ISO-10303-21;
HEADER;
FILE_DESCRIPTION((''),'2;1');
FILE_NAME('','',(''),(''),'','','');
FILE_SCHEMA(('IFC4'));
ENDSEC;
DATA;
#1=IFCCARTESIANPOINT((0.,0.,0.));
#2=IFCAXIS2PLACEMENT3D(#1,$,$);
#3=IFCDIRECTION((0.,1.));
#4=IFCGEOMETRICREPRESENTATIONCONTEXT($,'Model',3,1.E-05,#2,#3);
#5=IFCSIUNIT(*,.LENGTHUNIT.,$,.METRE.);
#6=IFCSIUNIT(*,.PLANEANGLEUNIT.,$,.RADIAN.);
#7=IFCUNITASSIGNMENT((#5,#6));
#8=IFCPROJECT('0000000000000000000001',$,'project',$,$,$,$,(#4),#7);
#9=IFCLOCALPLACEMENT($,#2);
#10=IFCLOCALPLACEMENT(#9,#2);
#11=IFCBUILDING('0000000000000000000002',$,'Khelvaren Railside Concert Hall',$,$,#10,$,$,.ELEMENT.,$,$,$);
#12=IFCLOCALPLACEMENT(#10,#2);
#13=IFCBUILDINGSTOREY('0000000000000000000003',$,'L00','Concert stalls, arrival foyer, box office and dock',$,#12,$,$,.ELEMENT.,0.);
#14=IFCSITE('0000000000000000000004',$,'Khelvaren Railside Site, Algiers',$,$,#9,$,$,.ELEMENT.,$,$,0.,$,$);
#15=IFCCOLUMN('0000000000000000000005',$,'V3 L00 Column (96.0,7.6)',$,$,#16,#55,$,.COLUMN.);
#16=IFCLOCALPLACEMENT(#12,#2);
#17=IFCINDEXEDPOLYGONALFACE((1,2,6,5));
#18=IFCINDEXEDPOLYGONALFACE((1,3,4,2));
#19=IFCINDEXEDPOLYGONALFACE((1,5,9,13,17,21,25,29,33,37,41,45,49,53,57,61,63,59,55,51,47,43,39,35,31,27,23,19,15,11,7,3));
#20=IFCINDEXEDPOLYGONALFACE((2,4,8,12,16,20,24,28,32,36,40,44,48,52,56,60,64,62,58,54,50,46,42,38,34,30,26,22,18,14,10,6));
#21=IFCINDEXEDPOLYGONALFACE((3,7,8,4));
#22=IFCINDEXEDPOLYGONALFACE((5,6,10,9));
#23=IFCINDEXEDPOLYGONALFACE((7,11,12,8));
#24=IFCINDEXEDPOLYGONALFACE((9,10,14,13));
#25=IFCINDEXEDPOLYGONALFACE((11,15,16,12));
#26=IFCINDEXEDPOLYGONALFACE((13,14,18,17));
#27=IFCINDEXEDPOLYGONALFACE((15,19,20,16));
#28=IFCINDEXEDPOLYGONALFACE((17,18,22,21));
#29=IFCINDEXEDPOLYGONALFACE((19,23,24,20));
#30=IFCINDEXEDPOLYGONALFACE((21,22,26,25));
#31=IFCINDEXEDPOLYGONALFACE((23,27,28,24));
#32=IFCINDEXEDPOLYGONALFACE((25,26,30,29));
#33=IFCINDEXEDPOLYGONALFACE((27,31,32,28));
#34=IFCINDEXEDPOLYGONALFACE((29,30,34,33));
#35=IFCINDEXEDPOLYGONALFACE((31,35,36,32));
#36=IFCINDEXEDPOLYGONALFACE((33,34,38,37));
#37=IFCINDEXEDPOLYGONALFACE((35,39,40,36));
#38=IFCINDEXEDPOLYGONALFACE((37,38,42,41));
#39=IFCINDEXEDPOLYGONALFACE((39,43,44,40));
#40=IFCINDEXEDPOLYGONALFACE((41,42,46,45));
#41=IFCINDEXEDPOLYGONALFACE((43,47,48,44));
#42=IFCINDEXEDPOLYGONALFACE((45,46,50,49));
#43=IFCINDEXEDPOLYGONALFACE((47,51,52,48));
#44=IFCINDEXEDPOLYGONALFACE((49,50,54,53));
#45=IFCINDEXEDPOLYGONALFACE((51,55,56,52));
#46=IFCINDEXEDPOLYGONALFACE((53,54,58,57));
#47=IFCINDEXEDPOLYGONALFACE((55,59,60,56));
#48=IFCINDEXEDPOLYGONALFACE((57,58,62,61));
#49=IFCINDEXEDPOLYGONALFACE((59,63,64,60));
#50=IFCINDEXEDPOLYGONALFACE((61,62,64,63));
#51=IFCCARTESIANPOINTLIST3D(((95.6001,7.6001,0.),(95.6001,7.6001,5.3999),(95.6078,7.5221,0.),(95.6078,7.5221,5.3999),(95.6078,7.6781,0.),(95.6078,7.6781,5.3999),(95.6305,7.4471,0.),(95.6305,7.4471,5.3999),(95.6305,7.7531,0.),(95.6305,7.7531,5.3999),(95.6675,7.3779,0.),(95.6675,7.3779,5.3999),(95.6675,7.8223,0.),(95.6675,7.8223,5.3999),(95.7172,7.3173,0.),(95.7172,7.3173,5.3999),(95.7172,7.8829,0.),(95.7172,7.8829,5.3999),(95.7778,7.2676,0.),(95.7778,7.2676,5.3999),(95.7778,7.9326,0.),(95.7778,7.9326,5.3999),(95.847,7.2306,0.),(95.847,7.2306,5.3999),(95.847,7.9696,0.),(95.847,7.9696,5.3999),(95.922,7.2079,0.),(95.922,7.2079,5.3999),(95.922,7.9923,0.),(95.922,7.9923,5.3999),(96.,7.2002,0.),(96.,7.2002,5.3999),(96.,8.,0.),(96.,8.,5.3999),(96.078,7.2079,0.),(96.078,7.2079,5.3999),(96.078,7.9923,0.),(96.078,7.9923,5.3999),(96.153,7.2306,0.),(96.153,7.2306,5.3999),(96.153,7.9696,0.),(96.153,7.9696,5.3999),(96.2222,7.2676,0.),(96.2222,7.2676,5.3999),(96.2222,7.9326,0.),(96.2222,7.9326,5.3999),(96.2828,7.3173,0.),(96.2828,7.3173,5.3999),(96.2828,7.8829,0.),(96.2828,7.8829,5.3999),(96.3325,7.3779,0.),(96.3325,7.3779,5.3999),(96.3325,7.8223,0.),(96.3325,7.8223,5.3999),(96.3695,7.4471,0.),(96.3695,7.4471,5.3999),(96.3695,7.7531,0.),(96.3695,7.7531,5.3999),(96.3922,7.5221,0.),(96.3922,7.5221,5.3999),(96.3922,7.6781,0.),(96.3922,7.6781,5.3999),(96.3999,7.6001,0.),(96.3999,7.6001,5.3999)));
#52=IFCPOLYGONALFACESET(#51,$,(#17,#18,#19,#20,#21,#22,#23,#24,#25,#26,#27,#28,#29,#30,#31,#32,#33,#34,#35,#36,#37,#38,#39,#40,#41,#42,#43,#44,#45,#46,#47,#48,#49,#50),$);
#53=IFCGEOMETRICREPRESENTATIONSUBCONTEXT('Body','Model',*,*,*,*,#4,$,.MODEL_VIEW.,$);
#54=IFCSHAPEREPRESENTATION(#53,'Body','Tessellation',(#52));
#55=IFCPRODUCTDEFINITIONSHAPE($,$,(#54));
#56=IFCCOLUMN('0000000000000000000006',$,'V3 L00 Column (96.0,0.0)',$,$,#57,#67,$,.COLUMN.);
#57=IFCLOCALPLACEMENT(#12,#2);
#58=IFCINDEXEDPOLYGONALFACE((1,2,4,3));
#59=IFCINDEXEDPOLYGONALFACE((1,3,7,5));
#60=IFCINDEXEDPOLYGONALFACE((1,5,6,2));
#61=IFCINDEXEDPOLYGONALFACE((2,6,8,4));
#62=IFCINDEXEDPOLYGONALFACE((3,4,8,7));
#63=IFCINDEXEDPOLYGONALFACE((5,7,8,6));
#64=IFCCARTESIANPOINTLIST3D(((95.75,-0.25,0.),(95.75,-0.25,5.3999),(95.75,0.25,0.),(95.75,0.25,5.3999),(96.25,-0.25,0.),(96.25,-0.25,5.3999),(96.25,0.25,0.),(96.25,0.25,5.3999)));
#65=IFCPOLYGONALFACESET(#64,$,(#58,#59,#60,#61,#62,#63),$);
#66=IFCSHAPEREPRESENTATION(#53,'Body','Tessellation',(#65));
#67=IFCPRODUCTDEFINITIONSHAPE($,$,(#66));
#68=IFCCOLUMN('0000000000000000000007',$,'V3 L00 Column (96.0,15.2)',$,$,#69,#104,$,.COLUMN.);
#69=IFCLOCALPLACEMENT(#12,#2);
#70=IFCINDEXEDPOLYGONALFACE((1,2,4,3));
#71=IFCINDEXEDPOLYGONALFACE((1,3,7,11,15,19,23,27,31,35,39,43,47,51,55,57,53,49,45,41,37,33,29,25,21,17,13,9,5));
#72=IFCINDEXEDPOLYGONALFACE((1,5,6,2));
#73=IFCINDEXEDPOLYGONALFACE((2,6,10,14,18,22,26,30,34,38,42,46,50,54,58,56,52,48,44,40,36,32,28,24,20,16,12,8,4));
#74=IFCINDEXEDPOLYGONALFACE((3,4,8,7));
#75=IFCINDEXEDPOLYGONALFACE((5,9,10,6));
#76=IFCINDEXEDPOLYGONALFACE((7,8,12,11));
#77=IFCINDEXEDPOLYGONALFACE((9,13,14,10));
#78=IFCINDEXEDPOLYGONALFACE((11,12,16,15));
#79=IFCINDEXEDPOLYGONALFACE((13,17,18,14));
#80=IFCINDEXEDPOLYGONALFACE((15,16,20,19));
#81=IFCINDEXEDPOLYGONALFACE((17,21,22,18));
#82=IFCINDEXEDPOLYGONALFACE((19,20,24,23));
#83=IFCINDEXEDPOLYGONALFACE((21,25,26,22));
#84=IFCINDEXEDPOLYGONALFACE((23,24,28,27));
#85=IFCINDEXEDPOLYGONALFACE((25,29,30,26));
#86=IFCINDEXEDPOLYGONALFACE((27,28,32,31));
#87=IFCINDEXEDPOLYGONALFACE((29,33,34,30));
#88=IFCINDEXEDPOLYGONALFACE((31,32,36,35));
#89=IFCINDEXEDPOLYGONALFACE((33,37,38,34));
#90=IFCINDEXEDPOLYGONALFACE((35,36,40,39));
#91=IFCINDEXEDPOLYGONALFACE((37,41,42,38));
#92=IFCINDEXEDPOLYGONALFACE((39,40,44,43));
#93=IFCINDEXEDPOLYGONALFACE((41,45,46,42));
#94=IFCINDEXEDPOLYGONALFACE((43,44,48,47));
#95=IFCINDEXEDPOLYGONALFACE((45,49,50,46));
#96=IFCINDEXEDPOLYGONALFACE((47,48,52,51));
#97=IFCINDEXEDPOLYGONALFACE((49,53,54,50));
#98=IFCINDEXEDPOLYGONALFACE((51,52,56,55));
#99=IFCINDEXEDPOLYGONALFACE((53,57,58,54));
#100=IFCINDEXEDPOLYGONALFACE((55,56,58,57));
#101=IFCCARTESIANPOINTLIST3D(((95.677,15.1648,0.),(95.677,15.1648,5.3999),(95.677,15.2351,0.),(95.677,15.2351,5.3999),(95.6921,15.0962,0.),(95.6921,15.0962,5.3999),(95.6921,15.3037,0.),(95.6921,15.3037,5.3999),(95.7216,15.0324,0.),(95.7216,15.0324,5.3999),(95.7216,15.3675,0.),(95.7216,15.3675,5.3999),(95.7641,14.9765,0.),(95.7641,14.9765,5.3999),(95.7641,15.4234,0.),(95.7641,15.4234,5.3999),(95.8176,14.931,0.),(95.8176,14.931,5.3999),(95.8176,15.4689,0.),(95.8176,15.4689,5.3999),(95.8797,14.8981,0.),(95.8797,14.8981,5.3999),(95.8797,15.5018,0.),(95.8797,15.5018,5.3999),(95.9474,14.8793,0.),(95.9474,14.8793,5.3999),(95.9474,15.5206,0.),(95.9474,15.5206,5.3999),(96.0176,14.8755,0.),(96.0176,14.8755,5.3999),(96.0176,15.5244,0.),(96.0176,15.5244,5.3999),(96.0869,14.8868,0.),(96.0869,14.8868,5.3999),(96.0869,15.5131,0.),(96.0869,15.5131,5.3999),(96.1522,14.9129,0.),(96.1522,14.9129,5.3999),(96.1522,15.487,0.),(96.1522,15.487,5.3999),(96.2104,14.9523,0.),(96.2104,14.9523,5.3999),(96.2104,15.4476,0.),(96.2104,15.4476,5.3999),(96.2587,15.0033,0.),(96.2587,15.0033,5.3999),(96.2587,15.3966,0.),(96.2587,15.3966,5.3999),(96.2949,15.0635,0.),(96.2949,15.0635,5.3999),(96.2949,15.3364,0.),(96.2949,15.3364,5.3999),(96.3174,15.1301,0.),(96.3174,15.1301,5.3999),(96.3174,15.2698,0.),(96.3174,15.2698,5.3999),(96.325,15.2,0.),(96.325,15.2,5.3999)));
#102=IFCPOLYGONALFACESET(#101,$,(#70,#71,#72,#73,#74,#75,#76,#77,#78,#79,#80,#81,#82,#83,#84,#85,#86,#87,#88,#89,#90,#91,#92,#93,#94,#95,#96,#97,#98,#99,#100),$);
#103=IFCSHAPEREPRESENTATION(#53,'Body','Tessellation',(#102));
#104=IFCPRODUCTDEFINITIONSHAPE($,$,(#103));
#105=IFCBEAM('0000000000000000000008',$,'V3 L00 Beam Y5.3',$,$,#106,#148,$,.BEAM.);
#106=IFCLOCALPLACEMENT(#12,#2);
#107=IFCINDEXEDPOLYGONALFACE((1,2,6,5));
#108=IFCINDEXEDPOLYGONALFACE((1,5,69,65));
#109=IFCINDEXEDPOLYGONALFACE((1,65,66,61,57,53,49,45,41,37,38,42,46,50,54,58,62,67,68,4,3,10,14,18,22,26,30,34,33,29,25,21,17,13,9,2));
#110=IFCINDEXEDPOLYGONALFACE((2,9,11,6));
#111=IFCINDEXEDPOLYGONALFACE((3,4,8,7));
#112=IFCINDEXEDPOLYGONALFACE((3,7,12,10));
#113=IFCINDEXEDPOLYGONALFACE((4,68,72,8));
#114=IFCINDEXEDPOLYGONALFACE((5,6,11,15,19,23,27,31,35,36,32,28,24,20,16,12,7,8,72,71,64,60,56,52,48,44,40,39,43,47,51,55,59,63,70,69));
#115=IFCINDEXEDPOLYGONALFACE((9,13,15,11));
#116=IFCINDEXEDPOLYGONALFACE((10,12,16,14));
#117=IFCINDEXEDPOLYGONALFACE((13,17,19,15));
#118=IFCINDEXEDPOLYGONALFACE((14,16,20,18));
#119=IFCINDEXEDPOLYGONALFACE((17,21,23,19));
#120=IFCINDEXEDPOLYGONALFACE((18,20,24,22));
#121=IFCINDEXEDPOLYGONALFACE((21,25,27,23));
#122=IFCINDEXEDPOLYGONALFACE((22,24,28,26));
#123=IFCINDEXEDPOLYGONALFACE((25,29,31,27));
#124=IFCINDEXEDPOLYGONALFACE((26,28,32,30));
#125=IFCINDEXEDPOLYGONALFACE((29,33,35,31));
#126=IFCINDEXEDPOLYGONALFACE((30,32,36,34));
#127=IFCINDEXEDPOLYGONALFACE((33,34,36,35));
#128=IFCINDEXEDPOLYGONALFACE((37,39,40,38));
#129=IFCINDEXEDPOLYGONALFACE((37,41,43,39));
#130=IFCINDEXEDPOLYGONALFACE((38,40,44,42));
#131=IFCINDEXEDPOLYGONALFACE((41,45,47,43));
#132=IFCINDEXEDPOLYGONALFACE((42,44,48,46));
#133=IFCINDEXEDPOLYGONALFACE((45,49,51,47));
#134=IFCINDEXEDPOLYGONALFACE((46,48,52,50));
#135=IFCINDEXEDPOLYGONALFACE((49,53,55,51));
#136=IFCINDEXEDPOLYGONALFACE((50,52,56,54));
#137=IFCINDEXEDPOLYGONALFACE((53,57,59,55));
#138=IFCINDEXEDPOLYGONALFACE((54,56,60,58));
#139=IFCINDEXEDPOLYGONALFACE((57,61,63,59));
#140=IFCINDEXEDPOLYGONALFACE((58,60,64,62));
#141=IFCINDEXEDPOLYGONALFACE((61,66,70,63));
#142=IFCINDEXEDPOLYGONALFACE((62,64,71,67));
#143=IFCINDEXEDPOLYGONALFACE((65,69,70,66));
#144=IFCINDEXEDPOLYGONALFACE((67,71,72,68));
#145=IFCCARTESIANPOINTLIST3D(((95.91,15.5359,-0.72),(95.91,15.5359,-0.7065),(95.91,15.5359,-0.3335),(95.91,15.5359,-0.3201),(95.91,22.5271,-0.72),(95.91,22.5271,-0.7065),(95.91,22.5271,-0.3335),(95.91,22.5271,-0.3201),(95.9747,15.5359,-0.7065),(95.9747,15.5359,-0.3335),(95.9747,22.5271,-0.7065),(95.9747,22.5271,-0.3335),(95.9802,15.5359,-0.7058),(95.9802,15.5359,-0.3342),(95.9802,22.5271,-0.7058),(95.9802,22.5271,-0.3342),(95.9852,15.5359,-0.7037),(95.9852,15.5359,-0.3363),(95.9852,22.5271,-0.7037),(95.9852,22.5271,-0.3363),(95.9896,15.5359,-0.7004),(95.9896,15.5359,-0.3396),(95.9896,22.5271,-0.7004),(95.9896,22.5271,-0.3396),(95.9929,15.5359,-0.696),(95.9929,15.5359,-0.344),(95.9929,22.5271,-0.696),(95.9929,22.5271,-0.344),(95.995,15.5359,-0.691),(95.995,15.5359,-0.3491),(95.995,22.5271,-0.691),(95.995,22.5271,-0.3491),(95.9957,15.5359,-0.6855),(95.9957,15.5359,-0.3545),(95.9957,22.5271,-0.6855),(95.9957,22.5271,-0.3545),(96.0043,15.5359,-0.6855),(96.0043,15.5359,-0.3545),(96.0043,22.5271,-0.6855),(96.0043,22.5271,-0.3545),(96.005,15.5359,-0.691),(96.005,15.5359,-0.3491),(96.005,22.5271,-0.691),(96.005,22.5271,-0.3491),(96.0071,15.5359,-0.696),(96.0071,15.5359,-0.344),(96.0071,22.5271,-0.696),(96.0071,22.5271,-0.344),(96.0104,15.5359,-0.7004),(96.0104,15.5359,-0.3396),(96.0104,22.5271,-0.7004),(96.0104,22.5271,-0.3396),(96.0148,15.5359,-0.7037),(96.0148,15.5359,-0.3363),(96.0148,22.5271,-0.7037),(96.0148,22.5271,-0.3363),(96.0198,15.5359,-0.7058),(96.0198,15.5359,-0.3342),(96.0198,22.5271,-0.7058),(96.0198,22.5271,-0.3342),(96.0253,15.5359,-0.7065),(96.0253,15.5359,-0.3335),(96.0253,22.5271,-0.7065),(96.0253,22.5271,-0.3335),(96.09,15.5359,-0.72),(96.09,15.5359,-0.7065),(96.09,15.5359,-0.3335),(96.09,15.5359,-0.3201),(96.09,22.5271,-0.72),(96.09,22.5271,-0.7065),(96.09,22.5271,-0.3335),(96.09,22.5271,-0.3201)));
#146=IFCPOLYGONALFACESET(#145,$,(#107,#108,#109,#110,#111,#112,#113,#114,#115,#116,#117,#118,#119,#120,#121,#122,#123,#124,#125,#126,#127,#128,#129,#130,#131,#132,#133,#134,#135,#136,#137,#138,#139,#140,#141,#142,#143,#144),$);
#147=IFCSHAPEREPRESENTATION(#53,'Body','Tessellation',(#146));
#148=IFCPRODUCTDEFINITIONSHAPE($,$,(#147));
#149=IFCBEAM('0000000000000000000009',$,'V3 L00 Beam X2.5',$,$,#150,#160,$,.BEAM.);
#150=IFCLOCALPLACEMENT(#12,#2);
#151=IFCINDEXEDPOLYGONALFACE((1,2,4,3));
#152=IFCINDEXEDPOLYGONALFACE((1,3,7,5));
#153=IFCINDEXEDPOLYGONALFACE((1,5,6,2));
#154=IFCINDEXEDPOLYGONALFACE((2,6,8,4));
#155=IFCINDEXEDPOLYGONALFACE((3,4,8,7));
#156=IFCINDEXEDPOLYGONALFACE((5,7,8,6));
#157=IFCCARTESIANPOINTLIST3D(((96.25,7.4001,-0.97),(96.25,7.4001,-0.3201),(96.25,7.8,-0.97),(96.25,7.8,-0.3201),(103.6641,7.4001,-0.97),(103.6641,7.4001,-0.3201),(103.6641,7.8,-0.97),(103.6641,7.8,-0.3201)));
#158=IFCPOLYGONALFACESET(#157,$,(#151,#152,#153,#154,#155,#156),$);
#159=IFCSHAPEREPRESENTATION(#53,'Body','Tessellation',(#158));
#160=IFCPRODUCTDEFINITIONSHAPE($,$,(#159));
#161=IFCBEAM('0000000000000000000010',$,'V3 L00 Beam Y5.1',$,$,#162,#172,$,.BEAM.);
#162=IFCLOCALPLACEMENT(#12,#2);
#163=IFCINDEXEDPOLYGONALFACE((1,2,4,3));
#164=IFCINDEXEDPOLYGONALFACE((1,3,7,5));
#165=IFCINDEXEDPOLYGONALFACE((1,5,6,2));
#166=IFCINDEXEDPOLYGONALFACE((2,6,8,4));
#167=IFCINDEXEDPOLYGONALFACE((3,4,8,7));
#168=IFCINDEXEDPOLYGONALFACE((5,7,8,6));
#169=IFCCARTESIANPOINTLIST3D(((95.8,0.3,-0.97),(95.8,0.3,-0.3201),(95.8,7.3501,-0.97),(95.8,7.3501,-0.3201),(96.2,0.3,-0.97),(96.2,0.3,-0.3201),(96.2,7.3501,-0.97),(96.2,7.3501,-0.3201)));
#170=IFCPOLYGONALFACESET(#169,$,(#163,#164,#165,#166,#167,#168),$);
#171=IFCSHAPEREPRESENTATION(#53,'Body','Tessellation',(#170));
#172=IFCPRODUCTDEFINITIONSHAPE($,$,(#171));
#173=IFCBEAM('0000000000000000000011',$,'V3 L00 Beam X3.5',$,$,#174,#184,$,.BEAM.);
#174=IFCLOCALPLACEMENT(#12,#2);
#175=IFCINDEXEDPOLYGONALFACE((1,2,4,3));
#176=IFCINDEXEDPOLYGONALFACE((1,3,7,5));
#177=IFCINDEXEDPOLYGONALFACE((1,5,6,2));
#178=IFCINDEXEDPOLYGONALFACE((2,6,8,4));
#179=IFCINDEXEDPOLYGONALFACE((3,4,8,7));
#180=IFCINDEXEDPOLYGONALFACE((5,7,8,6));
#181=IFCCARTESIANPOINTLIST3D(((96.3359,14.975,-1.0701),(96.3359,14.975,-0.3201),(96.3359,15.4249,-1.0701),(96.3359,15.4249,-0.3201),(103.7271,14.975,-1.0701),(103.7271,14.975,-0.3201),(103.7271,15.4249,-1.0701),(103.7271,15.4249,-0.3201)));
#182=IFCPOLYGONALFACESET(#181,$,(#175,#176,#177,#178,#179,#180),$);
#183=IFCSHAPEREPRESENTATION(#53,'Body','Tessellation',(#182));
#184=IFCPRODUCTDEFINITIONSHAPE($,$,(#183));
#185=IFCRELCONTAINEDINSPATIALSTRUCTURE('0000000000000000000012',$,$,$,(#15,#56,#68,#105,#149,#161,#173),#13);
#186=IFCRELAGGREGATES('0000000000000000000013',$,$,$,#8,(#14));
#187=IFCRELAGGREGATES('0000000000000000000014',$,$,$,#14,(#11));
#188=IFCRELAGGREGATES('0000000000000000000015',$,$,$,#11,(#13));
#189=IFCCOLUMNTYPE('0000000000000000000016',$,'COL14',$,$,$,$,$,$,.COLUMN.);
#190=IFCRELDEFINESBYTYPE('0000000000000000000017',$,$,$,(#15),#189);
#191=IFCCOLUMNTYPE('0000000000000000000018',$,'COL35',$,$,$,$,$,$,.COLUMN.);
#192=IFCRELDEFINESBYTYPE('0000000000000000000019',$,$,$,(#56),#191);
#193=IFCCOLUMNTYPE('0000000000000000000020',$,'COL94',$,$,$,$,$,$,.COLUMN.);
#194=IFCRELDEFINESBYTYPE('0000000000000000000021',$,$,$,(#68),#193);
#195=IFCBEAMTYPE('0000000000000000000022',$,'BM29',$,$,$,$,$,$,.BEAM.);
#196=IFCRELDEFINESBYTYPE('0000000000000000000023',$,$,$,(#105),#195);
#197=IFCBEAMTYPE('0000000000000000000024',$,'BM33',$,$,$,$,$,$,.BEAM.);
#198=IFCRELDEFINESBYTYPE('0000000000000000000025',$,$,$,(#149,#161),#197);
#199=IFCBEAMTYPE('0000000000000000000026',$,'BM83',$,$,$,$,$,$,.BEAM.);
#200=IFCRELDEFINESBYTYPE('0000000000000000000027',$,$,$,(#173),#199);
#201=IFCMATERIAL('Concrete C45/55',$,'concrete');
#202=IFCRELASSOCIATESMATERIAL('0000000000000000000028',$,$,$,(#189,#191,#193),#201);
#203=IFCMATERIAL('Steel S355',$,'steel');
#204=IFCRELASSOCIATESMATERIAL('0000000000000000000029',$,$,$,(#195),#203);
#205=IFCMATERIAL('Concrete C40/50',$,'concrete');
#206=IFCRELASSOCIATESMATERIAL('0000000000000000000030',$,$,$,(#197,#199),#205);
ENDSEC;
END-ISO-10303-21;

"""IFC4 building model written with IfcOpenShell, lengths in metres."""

from ifc_helpers import new_model, si_unit, direction, frame, origin, origin_2d, place, context, subcontext, project, spatial, rectangle, circle, i_section, extrude, material, material_profile, profile_set, type_object, element, save


model = new_model("IFC4")

# Units and contexts
model_context = context("Model", 3, precision=1e-05, world=origin(), true_north=direction((0.0, 1.0)))
body_context = subcontext(model_context, "Body", "Model", "MODEL_VIEW")
ifc_project = project(units=[si_unit("LENGTHUNIT", "METRE"), si_unit("PLANEANGLEUNIT", "RADIAN")], contexts=[model_context])

# Site, building, storey
site_placement = place(None, origin())
site = spatial("IfcSite", under=ifc_project, at=site_placement, Name="Khelvaren Railside Site, Algiers", CompositionType="ELEMENT", RefElevation=0.0)
building_placement = place(site_placement, origin())
building = spatial("IfcBuilding", under=site, at=building_placement, Name="Khelvaren Railside Concert Hall", CompositionType="ELEMENT")
storey_placement = place(building_placement, origin())
storey = spatial("IfcBuildingStorey", under=building, at=storey_placement, Name="L00", Description="Concert stalls, arrival foyer, box office and dock", CompositionType="ELEMENT", Elevation=0.0)

# Columns
ifc_material_1 = material(Name="Concrete C45/55", Category="concrete")
ifc_material_profile_1 = material_profile(ifc_material_1, circle(Radius=0.3999, at=origin_2d()), Name="RC D800")
ifc_profile_set_1 = profile_set([ifc_material_profile_1], Name="Concrete C45/55")
column_type_1 = type_object("IfcColumnType", Name="COL14", PredefinedType="COLUMN", material=ifc_profile_set_1)
column_1_placement = place(storey_placement, frame((96.0, 7.6001, 0.0), z_axis=(0.0, 0.0, 1.0), x_axis=(1.0, 0.0, 0.0)))
element("IfcColumn", 1, at=column_1_placement, inside=storey, type_object=column_type_1, Name="V3 L00 Column (96.0,7.6)", PredefinedType="COLUMN", context=body_context, shape_type="SweptSolid", body=[
    extrude(circle(Radius=0.3999, at=origin_2d()), origin(), (0.0, 0.0, 1.0), 5.3999),
])
ifc_material_profile_2 = material_profile(ifc_material_1, rectangle(XDim=0.5, YDim=0.5, at=origin_2d()), Name="RC 500x500")
ifc_profile_set_2 = profile_set([ifc_material_profile_2], Name="Concrete C45/55")
column_type_2 = type_object("IfcColumnType", Name="COL35", PredefinedType="COLUMN", material=ifc_profile_set_2)
column_2_placement = place(storey_placement, frame((96.0, 0.0, 0.0), z_axis=(0.0, 0.0, 1.0), x_axis=(1.0, 0.0, 0.0)))
element("IfcColumn", 2, at=column_2_placement, inside=storey, type_object=column_type_2, Name="V3 L00 Column (96.0,0.0)", PredefinedType="COLUMN", context=body_context, shape_type="SweptSolid", body=[
    extrude(rectangle(XDim=0.5, YDim=0.5, at=origin_2d()), origin(), (0.0, 0.0, 1.0), 5.3999),
])
ifc_material_profile_3 = material_profile(ifc_material_1, circle(Radius=0.325, at=origin_2d()), Name="RC D650")
ifc_profile_set_3 = profile_set([ifc_material_profile_3], Name="Concrete C45/55")
column_type_3 = type_object("IfcColumnType", Name="COL94", PredefinedType="COLUMN", material=ifc_profile_set_3)
column_3_placement = place(storey_placement, frame((96.0, 15.2, 0.0), z_axis=(0.0, 0.0, 1.0), x_axis=(1.0, 0.0, 0.0)))
element("IfcColumn", 3, at=column_3_placement, inside=storey, type_object=column_type_3, Name="V3 L00 Column (96.0,15.2)", PredefinedType="COLUMN", context=body_context, shape_type="SweptSolid", body=[
    extrude(circle(Radius=0.325, at=origin_2d()), origin(), (0.0, 0.0, 1.0), 5.3999),
])

# Beams
ifc_material_2 = material(Name="Steel S355", Category="steel")
ifc_material_profile_4 = material_profile(ifc_material_2, i_section(OverallWidth=0.1799, OverallDepth=0.3999, WebThickness=0.0085, FlangeThickness=0.0134, FilletRadius=0.021, at=origin_2d()), Name="IPE 400")
ifc_profile_set_4 = profile_set([ifc_material_profile_4], Name="Steel S355")
beam_type_1 = type_object("IfcBeamType", Name="BM29", PredefinedType="BEAM", material=ifc_profile_set_4)
beam_1_placement = place(storey_placement, frame((96.0, 15.5359, -0.52), z_axis=(0.0, 1.0, 0.0), x_axis=(-1.0, 0.0, 0.0)))
element("IfcBeam", 4, at=beam_1_placement, inside=storey, type_object=beam_type_1, Name="V3 L00 Beam Y5.3", PredefinedType="BEAM", context=body_context, shape_type="SweptSolid", body=[
    extrude(i_section(OverallWidth=0.1799, OverallDepth=0.3999, WebThickness=0.0085, FlangeThickness=0.0134, FilletRadius=0.021, at=origin_2d()), origin(), (0.0, 0.0, 1.0), 6.9912),
])
ifc_material_3 = material(Name="Concrete C40/50", Category="concrete")
ifc_material_profile_5 = material_profile(ifc_material_3, rectangle(XDim=0.3999, YDim=0.6499, at=origin_2d()), Name="RCB 400x650")
ifc_profile_set_5 = profile_set([ifc_material_profile_5], Name="Concrete C40/50")
beam_type_2 = type_object("IfcBeamType", Name="BM33", PredefinedType="BEAM", material=ifc_profile_set_5)
beam_2_placement = place(storey_placement, frame((96.25, 7.6001, -0.645), z_axis=(1.0, 0.0, 0.0), x_axis=(0.0, 1.0, 0.0)))
element("IfcBeam", 5, at=beam_2_placement, inside=storey, type_object=beam_type_2, Name="V3 L00 Beam X2.5", PredefinedType="BEAM", context=body_context, shape_type="SweptSolid", body=[
    extrude(rectangle(XDim=0.3999, YDim=0.6499, at=origin_2d()), origin(), (0.0, 0.0, 1.0), 7.4141),
])
beam_3_placement = place(storey_placement, frame((96.0, 0.3, -0.645), z_axis=(0.0, 1.0, 0.0), x_axis=(-1.0, 0.0, 0.0)))
element("IfcBeam", 6, at=beam_3_placement, inside=storey, type_object=beam_type_2, Name="V3 L00 Beam Y5.1", PredefinedType="BEAM", context=body_context, shape_type="SweptSolid", body=[
    extrude(rectangle(XDim=0.3999, YDim=0.6499, at=origin_2d()), origin(), (0.0, 0.0, 1.0), 7.05),
])
ifc_material_profile_6 = material_profile(ifc_material_3, rectangle(XDim=0.45, YDim=0.75, at=origin_2d()), Name="RCB 450x750")
ifc_profile_set_6 = profile_set([ifc_material_profile_6], Name="Concrete C40/50")
beam_type_3 = type_object("IfcBeamType", Name="BM83", PredefinedType="BEAM", material=ifc_profile_set_6)
beam_4_placement = place(storey_placement, frame((96.3359, 15.2, -0.6951), z_axis=(1.0, 0.0, 0.0), x_axis=(0.0, 1.0, 0.0)))
element("IfcBeam", 7, at=beam_4_placement, inside=storey, type_object=beam_type_3, Name="V3 L00 Beam X3.5", PredefinedType="BEAM", context=body_context, shape_type="SweptSolid", body=[
    extrude(rectangle(XDim=0.45, YDim=0.75, at=origin_2d()), origin(), (0.0, 0.0, 1.0), 7.3911),
])

save(model, "model.ifc")
